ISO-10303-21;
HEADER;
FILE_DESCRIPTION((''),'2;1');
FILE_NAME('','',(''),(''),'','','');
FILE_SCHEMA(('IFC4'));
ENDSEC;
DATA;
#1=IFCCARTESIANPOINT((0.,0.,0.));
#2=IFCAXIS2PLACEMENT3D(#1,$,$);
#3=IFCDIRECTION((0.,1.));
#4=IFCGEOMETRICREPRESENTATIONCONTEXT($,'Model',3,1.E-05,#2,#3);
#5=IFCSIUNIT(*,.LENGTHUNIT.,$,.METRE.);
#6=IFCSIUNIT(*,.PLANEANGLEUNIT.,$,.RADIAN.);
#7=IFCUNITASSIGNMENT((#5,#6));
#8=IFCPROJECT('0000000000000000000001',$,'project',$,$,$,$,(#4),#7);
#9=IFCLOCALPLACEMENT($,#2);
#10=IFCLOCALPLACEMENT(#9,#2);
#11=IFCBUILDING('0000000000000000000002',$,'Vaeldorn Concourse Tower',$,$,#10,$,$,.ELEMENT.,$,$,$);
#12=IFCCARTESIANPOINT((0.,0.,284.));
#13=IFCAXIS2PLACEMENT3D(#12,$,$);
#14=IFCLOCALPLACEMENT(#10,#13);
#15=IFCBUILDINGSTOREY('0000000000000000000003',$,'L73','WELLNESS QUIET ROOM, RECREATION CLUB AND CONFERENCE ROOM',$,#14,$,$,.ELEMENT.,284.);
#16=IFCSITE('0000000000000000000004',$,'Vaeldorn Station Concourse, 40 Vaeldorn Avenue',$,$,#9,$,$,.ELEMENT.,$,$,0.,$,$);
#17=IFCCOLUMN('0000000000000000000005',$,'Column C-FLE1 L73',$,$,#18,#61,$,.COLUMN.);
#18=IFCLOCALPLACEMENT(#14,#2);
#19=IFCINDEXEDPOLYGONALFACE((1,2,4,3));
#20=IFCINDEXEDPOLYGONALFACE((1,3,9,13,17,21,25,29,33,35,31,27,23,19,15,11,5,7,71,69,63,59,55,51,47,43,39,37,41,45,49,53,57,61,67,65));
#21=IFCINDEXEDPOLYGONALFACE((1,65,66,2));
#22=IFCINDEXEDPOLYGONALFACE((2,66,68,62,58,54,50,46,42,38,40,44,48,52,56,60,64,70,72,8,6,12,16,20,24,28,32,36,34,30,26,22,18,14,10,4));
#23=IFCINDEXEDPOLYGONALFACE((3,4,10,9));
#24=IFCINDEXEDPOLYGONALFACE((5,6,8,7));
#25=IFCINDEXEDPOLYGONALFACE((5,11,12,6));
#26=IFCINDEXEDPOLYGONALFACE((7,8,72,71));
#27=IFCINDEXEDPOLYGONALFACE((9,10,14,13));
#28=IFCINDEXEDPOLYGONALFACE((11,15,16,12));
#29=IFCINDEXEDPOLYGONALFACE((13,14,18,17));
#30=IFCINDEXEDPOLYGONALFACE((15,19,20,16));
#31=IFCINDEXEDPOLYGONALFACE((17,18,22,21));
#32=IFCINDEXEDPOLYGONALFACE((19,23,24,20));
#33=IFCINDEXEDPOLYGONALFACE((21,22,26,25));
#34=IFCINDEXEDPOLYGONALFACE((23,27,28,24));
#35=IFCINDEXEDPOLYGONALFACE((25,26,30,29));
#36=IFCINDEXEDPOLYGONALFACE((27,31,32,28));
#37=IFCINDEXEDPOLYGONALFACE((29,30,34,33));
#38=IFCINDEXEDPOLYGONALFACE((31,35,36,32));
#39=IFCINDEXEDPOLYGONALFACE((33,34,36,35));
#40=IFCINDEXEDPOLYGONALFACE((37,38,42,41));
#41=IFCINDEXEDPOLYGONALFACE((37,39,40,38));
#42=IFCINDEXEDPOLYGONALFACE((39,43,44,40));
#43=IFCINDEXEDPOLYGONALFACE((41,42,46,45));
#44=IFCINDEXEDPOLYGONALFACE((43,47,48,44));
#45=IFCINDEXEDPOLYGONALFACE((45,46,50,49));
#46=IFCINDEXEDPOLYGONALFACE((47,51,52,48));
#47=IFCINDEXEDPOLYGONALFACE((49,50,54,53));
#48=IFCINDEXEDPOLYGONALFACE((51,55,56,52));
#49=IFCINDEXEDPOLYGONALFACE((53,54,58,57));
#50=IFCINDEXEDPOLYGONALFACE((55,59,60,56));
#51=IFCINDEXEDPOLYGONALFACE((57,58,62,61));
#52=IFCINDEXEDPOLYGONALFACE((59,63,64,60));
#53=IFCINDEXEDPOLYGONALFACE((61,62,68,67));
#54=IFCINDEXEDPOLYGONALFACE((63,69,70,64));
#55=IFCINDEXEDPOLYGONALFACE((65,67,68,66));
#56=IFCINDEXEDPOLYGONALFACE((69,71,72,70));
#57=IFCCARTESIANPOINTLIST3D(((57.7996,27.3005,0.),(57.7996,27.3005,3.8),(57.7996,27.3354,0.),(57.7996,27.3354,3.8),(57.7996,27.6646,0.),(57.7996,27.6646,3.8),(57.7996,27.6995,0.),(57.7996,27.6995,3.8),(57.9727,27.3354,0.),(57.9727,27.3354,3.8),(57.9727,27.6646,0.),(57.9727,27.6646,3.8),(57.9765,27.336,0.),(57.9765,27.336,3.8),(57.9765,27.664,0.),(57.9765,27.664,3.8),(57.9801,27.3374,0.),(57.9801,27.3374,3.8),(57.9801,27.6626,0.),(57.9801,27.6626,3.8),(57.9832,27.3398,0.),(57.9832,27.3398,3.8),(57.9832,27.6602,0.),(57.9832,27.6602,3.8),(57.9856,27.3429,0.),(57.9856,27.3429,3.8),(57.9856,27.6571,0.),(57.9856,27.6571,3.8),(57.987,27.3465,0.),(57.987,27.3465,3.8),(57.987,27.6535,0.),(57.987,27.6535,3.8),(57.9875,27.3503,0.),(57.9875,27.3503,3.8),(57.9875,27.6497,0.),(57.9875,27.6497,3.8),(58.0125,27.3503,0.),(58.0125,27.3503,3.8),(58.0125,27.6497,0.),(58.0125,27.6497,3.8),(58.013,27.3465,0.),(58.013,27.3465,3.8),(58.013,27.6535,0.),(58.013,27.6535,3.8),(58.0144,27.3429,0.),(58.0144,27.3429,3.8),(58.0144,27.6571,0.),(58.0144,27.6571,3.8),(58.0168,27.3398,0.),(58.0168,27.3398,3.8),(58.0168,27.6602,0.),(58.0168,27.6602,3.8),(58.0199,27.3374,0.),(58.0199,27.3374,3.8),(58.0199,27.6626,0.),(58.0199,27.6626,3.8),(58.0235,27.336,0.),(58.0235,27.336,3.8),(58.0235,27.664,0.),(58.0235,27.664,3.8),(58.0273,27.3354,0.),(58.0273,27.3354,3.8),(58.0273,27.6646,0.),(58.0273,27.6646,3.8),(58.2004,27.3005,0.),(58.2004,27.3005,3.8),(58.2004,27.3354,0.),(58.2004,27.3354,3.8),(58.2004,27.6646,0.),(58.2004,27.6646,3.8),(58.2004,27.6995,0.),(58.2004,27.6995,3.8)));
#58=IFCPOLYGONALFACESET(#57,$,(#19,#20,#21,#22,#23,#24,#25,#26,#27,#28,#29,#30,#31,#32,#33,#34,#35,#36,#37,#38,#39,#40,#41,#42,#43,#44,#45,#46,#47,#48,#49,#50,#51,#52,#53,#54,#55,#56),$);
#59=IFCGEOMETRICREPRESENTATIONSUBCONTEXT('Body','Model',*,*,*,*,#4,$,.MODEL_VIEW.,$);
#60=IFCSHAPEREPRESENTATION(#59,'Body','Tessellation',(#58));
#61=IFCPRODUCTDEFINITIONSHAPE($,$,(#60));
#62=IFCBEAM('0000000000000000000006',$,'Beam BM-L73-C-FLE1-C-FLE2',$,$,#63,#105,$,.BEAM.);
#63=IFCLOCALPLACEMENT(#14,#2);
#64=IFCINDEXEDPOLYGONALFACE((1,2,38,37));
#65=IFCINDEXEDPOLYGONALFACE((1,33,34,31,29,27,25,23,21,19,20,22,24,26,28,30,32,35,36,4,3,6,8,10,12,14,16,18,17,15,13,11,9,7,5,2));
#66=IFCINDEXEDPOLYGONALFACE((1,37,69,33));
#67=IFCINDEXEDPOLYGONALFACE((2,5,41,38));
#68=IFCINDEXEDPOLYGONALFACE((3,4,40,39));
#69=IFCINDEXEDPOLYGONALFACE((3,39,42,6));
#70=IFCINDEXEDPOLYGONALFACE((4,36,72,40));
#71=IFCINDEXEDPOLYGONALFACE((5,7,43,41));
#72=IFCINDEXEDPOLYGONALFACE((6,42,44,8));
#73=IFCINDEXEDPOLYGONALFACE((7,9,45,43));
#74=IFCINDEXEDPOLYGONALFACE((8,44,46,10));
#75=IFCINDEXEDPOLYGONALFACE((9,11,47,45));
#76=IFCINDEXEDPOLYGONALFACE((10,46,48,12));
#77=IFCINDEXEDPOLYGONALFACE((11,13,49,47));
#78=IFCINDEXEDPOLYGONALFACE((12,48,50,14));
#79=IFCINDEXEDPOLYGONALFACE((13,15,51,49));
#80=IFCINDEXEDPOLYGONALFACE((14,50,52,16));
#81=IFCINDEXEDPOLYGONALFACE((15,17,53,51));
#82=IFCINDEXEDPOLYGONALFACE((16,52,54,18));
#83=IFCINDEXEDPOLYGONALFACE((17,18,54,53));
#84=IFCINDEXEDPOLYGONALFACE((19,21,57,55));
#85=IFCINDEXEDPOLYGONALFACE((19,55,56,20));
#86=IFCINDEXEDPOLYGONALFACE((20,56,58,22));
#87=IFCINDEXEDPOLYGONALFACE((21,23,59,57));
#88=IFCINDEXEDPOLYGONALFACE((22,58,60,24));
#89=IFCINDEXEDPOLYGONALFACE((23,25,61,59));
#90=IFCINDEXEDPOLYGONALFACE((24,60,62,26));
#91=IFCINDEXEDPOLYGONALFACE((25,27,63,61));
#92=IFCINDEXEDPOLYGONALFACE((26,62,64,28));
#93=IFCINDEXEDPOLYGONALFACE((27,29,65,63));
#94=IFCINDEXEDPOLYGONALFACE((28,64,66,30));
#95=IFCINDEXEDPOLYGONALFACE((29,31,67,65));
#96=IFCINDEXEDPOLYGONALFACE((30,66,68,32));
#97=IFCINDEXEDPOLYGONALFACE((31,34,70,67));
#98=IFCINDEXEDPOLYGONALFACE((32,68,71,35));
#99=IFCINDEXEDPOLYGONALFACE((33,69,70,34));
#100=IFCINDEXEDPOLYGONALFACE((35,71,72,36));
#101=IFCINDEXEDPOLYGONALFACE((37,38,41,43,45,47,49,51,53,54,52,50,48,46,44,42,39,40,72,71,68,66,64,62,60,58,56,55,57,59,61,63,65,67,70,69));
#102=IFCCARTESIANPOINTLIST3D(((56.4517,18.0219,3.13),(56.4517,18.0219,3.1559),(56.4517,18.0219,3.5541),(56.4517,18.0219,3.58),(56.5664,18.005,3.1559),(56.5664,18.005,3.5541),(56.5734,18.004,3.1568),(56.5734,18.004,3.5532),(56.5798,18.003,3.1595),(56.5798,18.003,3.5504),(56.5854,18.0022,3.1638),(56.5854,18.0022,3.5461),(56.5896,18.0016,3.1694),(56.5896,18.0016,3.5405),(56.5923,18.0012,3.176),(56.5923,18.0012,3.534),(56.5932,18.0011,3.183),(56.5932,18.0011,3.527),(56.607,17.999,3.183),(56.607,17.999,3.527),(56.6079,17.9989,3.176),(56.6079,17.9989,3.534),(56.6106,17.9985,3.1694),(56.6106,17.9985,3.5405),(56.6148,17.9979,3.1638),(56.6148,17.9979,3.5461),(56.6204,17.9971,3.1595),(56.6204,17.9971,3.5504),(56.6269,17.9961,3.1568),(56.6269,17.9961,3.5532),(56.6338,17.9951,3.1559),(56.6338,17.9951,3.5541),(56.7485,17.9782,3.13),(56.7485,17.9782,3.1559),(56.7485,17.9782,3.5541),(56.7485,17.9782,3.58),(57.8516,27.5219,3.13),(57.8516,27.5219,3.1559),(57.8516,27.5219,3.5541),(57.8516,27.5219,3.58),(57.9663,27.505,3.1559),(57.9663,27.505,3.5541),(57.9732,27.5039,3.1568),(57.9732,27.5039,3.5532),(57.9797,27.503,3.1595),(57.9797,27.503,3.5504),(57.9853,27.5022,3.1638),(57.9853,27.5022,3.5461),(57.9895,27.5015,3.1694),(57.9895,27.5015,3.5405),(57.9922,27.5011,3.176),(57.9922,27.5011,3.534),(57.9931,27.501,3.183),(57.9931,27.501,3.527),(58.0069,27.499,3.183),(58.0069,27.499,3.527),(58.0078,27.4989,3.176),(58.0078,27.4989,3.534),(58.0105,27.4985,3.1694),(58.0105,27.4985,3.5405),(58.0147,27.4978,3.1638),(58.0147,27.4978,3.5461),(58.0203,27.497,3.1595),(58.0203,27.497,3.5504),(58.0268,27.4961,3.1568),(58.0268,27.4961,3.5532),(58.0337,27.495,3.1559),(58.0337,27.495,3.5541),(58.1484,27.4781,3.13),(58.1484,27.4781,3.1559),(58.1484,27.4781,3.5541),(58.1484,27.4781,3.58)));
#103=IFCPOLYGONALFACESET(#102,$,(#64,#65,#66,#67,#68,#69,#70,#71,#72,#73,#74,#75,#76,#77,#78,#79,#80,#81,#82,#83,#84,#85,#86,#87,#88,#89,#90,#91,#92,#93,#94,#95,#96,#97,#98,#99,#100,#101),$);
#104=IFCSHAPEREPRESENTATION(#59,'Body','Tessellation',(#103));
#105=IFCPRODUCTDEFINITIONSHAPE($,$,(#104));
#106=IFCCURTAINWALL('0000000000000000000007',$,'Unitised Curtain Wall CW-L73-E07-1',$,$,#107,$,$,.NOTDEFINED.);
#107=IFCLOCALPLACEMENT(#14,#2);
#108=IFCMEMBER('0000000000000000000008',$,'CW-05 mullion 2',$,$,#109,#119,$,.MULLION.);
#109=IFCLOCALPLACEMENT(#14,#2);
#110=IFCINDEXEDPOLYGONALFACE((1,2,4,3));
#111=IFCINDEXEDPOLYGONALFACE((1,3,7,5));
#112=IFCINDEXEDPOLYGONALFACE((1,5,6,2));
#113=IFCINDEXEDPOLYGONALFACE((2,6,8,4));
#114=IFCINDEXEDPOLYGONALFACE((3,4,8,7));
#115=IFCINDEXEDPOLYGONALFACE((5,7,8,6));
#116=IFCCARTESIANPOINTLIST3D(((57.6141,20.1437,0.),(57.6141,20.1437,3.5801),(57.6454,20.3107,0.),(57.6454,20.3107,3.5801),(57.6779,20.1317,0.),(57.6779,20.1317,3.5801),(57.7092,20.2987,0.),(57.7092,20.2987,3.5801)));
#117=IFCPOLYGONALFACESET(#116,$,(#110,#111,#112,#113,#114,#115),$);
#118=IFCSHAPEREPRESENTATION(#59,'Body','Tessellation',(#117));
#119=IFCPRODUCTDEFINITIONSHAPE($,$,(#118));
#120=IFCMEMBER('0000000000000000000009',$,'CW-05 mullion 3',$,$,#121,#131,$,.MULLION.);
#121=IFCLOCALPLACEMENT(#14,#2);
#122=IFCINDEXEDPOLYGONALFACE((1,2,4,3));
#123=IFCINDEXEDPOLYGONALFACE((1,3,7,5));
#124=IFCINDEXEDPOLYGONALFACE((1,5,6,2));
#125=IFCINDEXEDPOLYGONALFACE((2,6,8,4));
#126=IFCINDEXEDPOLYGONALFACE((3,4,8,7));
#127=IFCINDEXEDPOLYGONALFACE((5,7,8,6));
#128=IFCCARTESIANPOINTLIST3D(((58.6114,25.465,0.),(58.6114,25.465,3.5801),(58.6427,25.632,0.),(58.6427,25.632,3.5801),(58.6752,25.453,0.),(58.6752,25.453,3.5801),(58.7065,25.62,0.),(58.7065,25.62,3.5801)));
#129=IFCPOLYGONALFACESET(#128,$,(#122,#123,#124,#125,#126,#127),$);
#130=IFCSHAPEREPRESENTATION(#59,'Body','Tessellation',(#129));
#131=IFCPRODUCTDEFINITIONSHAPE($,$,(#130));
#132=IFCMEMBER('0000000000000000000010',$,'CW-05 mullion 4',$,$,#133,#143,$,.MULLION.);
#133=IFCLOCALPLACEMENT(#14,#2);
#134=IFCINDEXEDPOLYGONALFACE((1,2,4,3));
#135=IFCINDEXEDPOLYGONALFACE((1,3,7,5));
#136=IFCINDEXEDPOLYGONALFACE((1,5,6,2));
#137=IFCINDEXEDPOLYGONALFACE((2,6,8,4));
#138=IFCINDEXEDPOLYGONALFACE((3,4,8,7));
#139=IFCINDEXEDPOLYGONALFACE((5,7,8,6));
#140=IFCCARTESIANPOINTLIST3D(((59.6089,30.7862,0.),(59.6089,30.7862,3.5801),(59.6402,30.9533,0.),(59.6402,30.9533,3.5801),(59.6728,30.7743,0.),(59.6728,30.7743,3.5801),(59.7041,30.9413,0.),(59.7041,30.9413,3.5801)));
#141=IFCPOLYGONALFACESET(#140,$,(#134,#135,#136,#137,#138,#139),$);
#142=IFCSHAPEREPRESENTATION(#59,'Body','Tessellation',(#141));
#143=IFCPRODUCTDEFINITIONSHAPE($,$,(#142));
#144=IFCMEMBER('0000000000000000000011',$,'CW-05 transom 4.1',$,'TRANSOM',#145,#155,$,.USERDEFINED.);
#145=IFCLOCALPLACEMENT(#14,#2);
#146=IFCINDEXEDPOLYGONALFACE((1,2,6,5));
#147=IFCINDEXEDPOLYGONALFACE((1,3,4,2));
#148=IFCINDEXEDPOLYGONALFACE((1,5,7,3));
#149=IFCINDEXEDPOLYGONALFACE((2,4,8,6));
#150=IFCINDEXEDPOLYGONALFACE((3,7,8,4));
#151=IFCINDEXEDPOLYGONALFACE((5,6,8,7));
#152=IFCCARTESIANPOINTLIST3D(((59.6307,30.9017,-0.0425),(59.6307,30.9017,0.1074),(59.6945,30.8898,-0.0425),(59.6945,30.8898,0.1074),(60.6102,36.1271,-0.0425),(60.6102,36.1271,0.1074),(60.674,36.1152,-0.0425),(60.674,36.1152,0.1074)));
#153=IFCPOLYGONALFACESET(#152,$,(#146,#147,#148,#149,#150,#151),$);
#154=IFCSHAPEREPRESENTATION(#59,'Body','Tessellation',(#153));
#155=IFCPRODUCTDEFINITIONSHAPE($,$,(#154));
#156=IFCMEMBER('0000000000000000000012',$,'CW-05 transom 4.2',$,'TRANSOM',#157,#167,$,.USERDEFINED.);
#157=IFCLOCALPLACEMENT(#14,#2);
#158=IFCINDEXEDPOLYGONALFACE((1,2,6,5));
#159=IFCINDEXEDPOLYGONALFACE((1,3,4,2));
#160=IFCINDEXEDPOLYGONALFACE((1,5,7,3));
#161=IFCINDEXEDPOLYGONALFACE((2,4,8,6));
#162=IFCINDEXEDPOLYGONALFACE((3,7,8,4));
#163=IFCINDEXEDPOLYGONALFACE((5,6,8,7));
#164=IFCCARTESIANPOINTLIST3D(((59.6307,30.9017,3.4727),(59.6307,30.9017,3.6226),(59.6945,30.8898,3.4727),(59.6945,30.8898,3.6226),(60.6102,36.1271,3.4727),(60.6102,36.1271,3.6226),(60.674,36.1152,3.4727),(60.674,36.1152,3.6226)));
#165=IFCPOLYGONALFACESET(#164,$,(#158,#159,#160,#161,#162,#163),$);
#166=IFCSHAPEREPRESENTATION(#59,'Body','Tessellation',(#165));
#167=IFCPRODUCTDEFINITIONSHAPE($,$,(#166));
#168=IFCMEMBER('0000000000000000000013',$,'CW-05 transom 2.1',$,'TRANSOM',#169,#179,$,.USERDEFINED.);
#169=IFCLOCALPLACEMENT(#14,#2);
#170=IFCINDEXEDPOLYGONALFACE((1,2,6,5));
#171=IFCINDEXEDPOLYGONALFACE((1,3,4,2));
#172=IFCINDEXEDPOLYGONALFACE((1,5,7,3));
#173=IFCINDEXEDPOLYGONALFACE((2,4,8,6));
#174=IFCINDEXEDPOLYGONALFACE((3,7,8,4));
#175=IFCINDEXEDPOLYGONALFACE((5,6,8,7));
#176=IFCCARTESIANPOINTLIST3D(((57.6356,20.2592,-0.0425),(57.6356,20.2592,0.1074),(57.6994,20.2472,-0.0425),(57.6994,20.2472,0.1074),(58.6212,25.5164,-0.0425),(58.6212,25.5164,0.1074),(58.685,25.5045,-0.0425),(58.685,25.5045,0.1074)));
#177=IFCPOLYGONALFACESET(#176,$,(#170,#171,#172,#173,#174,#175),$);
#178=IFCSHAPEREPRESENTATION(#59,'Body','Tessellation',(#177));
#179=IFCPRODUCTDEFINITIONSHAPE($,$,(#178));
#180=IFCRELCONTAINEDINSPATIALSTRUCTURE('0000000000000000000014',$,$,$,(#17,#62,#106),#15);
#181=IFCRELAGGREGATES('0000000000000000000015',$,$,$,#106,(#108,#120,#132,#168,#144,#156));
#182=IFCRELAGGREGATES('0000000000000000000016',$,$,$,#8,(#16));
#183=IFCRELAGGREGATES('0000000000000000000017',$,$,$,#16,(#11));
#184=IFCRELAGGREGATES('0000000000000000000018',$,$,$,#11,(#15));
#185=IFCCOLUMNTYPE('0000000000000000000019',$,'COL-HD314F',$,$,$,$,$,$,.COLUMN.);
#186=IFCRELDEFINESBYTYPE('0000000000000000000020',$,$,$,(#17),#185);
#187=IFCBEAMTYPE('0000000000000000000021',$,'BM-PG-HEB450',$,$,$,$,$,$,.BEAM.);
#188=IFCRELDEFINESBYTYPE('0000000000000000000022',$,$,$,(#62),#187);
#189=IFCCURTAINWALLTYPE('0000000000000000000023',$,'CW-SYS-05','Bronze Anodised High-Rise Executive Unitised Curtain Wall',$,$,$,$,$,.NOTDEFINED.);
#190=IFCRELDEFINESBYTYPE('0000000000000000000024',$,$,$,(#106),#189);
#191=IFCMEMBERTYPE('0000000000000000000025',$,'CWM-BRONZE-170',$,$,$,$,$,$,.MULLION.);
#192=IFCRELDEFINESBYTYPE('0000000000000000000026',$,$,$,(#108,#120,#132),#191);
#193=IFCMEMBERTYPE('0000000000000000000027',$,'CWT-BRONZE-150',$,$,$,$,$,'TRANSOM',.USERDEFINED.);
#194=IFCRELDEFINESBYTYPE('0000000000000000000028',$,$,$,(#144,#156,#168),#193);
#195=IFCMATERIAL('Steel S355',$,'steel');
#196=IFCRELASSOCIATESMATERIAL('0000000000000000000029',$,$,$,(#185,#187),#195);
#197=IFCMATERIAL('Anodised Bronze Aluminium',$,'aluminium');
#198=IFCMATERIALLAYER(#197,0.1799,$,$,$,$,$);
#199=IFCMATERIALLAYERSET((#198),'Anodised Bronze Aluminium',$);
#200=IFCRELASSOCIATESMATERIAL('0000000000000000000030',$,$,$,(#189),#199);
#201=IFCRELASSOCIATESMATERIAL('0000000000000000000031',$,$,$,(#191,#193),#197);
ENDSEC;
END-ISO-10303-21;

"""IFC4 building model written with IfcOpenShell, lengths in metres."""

from ifc_helpers import new_model, si_unit, direction, frame, origin, origin_2d, place, context, subcontext, project, spatial, rectangle, i_section, extrude, source, transform, mapped, material, layer, layer_set, material_profile, profile_set, type_object, element, aggregate, save


model = new_model("IFC4")

# Units and contexts
model_context = context("Model", 3, precision=1e-05, world=origin(), true_north=direction((0.0, 1.0)))
body_context = subcontext(model_context, "Body", "Model", "MODEL_VIEW")
ifc_project = project(units=[si_unit("LENGTHUNIT", "METRE"), si_unit("PLANEANGLEUNIT", "RADIAN")], contexts=[model_context])

# Site, building, storey
site_placement = place(None, origin())
site = spatial("IfcSite", under=ifc_project, at=site_placement, Name="Vaeldorn Station Concourse, 40 Vaeldorn Avenue", CompositionType="ELEMENT", RefElevation=0.0)
building_placement = place(site_placement, origin())
building = spatial("IfcBuilding", under=site, at=building_placement, Name="Vaeldorn Concourse Tower", CompositionType="ELEMENT")
storey_placement = place(building_placement, frame((0.0, 0.0, 284.0)))
storey = spatial("IfcBuildingStorey", under=building, at=storey_placement, Name="L73", Description="WELLNESS QUIET ROOM, RECREATION CLUB AND CONFERENCE ROOM", CompositionType="ELEMENT", Elevation=284.0)

# Column
ifc_material_1 = material(Name="Steel S355", Category="steel")
ifc_material_profile_1 = material_profile(ifc_material_1, i_section(OverallWidth=0.4009, OverallDepth=0.3989, WebThickness=0.0249, FlangeThickness=0.0349, FilletRadius=0.0149, at=origin_2d()), Name="HD 400x314")
ifc_profile_set_1 = profile_set([ifc_material_profile_1], Name="Steel S355")
column_type = type_object("IfcColumnType", Name="COL-HD314F", PredefinedType="COLUMN", material=ifc_profile_set_1)
shared_shape_1 = source(origin(), body_context, "Body", "SweptSolid", [
    extrude(i_section(OverallWidth=0.4009, OverallDepth=0.3989, WebThickness=0.0249, FlangeThickness=0.0349, FilletRadius=0.0149, at=origin_2d()), origin(), (0.0, 0.0, 1.0), 3.8),
])
column_placement = place(storey_placement, frame((58.0, 27.5, 0.0), z_axis=(0.0, 0.0, 1.0), x_axis=(1.0, 0.0, 0.0)))
element("IfcColumn", 1, at=column_placement, inside=storey, type_object=column_type, Name="Column C-FLE1 L73", PredefinedType="COLUMN", context=body_context, shape_type="MappedRepresentation", body=[
    mapped(shared_shape_1, transform((0.0, 0.0, 0.0), scale=1.0)),
])

# Beam
ifc_material_profile_2 = material_profile(ifc_material_1, i_section(OverallWidth=0.3, OverallDepth=0.45, WebThickness=0.0139, FlangeThickness=0.0259, FilletRadius=0.0271, at=origin_2d()), Name="HEB 450")
ifc_profile_set_2 = profile_set([ifc_material_profile_2], Name="Steel S355")
beam_type = type_object("IfcBeamType", Name="BM-PG-HEB450", PredefinedType="BEAM", material=ifc_profile_set_2)
shared_shape_2 = source(origin(), body_context, "Body", "SweptSolid", [
    extrude(i_section(OverallWidth=0.3, OverallDepth=0.45, WebThickness=0.0139, FlangeThickness=0.0259, FilletRadius=0.0271, at=origin_2d()), origin(), (0.0, 0.0, 1.0), 9.6025),
])
beam_placement = place(storey_placement, frame((58.0, 27.5, 3.355), z_axis=(-0.145784, -0.989316, 0.0), x_axis=(0.989316, -0.145784, 0.0)))
element("IfcBeam", 2, at=beam_placement, inside=storey, type_object=beam_type, Name="Beam BM-L73-C-FLE1-C-FLE2", PredefinedType="BEAM", context=body_context, shape_type="MappedRepresentation", body=[
    mapped(shared_shape_2, transform((0.0, 0.0, 0.0), scale=1.0)),
])

# Curtain wall, members
ifc_material_2 = material(Name="Anodised Bronze Aluminium", Category="aluminium")
ifc_layer_1 = layer(ifc_material_2, 0.1799)
ifc_layer_set_1 = layer_set([ifc_layer_1], Name="Anodised Bronze Aluminium")
curtain_wall_type = type_object("IfcCurtainWallType", Name="CW-SYS-05", Description="Bronze Anodised High-Rise Executive Unitised Curtain Wall", PredefinedType="NOTDEFINED", material=ifc_layer_set_1)
curtain_wall_placement = place(storey_placement, origin())
curtain_wall = element("IfcCurtainWall", 3, at=curtain_wall_placement, inside=storey, type_object=curtain_wall_type, Name="Unitised Curtain Wall CW-L73-E07-1", PredefinedType="NOTDEFINED")
ifc_material_profile_3 = material_profile(ifc_material_2, rectangle(XDim=0.0649, YDim=0.1699, at=origin_2d()), Name="CWM 65x170")
ifc_profile_set_3 = profile_set([ifc_material_profile_3], Name="Anodised Bronze Aluminium")
member_type_1 = type_object("IfcMemberType", Name="CWM-BRONZE-170", PredefinedType="MULLION", material=ifc_profile_set_3)
shared_shape_3 = source(origin(), body_context, "Body", "SweptSolid", [
    extrude(rectangle(XDim=0.0649, YDim=0.1699, at=origin_2d()), origin(), (0.0, 0.0, 1.0), 3.5801),
])
member_1_placement = place(storey_placement, frame((57.6616, 20.2212, 0.0), z_axis=(0.0, 0.0, 1.0), x_axis=(-0.98288, 0.184247, 0.0)))
member_1 = element("IfcMember", 4, at=member_1_placement, type_object=member_type_1, Name="CW-05 mullion 2", PredefinedType="MULLION", context=body_context, shape_type="MappedRepresentation", body=[
    mapped(shared_shape_3, transform((0.0, 0.0, 0.0), scale=1.0)),
])
member_2_placement = place(storey_placement, frame((58.6589, 25.5425, 0.0), z_axis=(0.0, 0.0, 1.0), x_axis=(-0.98288, 0.184247, 0.0)))
member_2 = element("IfcMember", 5, at=member_2_placement, type_object=member_type_1, Name="CW-05 mullion 3", PredefinedType="MULLION", context=body_context, shape_type="MappedRepresentation", body=[
    mapped(shared_shape_3, transform((0.0, 0.0, 0.0), scale=1.0)),
])
member_3_placement = place(storey_placement, frame((59.6565, 30.8638, 0.0), z_axis=(0.0, 0.0, 1.0), x_axis=(-0.98288, 0.184247, 0.0)))
member_3 = element("IfcMember", 6, at=member_3_placement, type_object=member_type_1, Name="CW-05 mullion 4", PredefinedType="MULLION", context=body_context, shape_type="MappedRepresentation", body=[
    mapped(shared_shape_3, transform((0.0, 0.0, 0.0), scale=1.0)),
])
ifc_material_profile_4 = material_profile(ifc_material_2, rectangle(XDim=0.0649, YDim=0.1499, at=origin_2d()), Name="CWT 65x150")
ifc_profile_set_4 = profile_set([ifc_material_profile_4], Name="Anodised Bronze Aluminium")
member_type_2 = type_object("IfcMemberType", Name="CWT-BRONZE-150", ElementType="TRANSOM", PredefinedType="USERDEFINED", material=ifc_profile_set_4)
shared_shape_4 = source(origin(), body_context, "Body", "SweptSolid", [
    extrude(rectangle(XDim=0.0649, YDim=0.1499, at=origin_2d()), origin(), (0.0, 0.0, 1.0), 5.3164),
])
member_4_placement = place(storey_placement, frame((59.6626, 30.8958, 0.0325), z_axis=(0.184241, 0.982881, 0.0), x_axis=(-0.982881, 0.184241, 0.0)))
member_4 = element("IfcMember", 7, at=member_4_placement, type_object=member_type_2, Name="CW-05 transom 4.1", ObjectType="TRANSOM", PredefinedType="USERDEFINED", context=body_context, shape_type="MappedRepresentation", body=[
    mapped(shared_shape_4, transform((0.0, 0.0, 0.0), scale=1.0)),
])
member_5_placement = place(storey_placement, frame((59.6626, 30.8958, 3.5476), z_axis=(0.184241, 0.982881, 0.0), x_axis=(-0.982881, 0.184241, 0.0)))
member_5 = element("IfcMember", 8, at=member_5_placement, type_object=member_type_2, Name="CW-05 transom 4.2", ObjectType="TRANSOM", PredefinedType="USERDEFINED", context=body_context, shape_type="MappedRepresentation", body=[
    mapped(shared_shape_4, transform((0.0, 0.0, 0.0), scale=1.0)),
])
shared_shape_5 = source(origin(), body_context, "Body", "SweptSolid", [
    extrude(rectangle(XDim=0.0649, YDim=0.1499, at=origin_2d()), origin(), (0.0, 0.0, 1.0), 5.3489),
])
member_6_placement = place(storey_placement, frame((57.6675, 20.2532, 0.0325), z_axis=(0.184261, 0.982877, 0.0), x_axis=(-0.982877, 0.184261, 0.0)))
member_6 = element("IfcMember", 9, at=member_6_placement, type_object=member_type_2, Name="CW-05 transom 2.1", ObjectType="TRANSOM", PredefinedType="USERDEFINED", context=body_context, shape_type="MappedRepresentation", body=[
    mapped(shared_shape_5, transform((0.0, 0.0, 0.0), scale=1.0)),
])
aggregate(curtain_wall, [member_1, member_2, member_3, member_6, member_4, member_5])

save(model, "model.ifc")
